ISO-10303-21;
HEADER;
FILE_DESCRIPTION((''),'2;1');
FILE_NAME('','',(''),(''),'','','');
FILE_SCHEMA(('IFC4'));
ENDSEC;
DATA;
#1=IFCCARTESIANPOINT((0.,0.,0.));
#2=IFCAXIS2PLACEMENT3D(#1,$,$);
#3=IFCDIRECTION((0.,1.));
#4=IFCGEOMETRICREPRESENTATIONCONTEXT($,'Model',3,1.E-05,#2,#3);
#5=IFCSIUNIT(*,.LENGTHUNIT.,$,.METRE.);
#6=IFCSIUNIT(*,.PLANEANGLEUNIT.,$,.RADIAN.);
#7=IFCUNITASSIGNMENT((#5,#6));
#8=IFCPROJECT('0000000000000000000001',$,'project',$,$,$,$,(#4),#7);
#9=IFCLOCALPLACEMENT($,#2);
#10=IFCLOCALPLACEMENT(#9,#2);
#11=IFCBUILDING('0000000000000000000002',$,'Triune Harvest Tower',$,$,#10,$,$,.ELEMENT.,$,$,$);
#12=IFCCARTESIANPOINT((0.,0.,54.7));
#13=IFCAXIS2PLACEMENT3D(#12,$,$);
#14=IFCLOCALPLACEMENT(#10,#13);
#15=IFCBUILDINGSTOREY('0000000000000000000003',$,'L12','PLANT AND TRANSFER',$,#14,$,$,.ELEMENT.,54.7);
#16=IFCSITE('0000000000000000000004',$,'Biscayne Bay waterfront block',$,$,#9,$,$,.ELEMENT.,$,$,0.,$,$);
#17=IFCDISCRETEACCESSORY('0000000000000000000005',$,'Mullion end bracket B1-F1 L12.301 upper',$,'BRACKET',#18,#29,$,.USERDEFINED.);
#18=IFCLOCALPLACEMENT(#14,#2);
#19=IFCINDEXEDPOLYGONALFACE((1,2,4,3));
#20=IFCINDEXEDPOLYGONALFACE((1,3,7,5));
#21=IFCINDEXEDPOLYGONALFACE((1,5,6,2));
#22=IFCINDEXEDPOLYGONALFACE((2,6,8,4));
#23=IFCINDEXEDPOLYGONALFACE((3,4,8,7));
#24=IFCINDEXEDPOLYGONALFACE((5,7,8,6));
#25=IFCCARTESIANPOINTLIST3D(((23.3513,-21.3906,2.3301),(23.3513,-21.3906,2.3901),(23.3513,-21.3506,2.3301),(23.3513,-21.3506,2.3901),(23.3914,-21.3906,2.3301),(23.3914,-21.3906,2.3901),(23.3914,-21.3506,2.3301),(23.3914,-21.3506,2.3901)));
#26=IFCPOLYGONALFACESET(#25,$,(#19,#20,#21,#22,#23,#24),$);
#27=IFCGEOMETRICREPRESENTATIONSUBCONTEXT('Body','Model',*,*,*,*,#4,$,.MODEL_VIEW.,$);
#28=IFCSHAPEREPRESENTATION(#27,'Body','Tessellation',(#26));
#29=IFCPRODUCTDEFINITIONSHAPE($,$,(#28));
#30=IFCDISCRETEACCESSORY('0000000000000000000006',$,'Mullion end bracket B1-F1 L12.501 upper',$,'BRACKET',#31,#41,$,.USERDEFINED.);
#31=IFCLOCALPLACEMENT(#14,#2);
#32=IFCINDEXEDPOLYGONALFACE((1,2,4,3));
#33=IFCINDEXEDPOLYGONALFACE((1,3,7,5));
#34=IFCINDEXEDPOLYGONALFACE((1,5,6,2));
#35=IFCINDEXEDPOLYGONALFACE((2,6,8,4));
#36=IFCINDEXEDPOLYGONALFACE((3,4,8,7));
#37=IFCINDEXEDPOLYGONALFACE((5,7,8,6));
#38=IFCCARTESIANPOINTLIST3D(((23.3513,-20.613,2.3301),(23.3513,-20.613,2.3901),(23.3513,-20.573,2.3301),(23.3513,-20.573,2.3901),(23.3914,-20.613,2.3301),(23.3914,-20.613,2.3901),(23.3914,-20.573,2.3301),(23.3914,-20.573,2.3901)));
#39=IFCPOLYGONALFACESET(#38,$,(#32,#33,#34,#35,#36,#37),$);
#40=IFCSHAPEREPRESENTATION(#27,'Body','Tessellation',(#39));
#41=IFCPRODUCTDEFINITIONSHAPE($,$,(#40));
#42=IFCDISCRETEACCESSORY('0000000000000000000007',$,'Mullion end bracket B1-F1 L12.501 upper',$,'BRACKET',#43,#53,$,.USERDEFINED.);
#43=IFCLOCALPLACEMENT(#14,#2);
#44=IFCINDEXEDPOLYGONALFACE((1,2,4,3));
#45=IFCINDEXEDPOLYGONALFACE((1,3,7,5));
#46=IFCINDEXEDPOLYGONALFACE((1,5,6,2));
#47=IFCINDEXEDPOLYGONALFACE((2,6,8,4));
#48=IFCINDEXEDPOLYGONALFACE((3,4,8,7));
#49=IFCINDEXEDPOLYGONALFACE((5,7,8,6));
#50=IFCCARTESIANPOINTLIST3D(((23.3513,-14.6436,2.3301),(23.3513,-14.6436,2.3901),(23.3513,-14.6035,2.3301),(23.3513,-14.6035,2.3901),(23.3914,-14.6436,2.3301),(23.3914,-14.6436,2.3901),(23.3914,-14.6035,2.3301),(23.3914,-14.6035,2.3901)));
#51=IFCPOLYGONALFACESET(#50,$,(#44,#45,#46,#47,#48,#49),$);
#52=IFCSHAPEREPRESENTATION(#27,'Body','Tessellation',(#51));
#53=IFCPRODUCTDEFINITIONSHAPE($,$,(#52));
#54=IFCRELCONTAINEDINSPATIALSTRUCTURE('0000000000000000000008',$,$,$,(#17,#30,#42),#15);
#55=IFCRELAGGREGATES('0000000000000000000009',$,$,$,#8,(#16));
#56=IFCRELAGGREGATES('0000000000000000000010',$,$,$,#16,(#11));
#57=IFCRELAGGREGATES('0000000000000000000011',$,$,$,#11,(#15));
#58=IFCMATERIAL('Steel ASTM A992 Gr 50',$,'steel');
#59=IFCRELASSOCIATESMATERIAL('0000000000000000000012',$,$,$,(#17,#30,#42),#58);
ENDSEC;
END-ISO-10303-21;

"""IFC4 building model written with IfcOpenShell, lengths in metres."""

from ifc_helpers import new_model, si_unit, direction, frame, origin, origin_2d, place, context, subcontext, project, spatial, rectangle, extrude, source, transform, mapped, material, element, save


model = new_model("IFC4")

# Units and contexts
model_context = context("Model", 3, precision=1e-05, world=origin(), true_north=direction((0.0, 1.0)))
body_context = subcontext(model_context, "Body", "Model", "MODEL_VIEW")
ifc_project = project(units=[si_unit("LENGTHUNIT", "METRE"), si_unit("PLANEANGLEUNIT", "RADIAN")], contexts=[model_context])

# Site, building, storey
site_placement = place(None, origin())
site = spatial("IfcSite", under=ifc_project, at=site_placement, Name="Biscayne Bay waterfront block", CompositionType="ELEMENT", RefElevation=0.0)
building_placement = place(site_placement, origin())
building = spatial("IfcBuilding", under=site, at=building_placement, Name="Triune Harvest Tower", CompositionType="ELEMENT")
storey_placement = place(building_placement, frame((0.0, 0.0, 54.7)))
storey = spatial("IfcBuildingStorey", under=building, at=storey_placement, Name="L12", Description="PLANT AND TRANSFER", CompositionType="ELEMENT", Elevation=54.7)

# Discrete accessories
ifc_material_1 = material(Name="Steel ASTM A992 Gr 50", Category="steel")
shared_shape_1 = source(origin(), body_context, "Body", "SweptSolid", [
    extrude(rectangle(XDim=0.04, YDim=0.04, at=origin_2d()), origin(), (0.0, 0.0, 1.0), 0.0601),
])
for number, where, z_axis, x_axis, name in (
    (1, (23.3713, -21.3706, 2.3301), (0.0, 0.0, 1.0), (0.0, 1.0, 0.0), "Mullion end bracket B1-F1 L12.301 upper"),
    (2, (23.3713, -20.593, 2.3301), (0.0, 0.0, 1.0), (0.0, 1.0, 0.0), "Mullion end bracket B1-F1 L12.501 upper"),
    (3, (23.3713, -14.6235, 2.3301), (0.0, 0.0, 1.0), (0.0, 1.0, 0.0), "Mullion end bracket B1-F1 L12.501 upper"),
):
    element("IfcDiscreteAccessory", number, at=place(storey_placement, frame(where, z_axis=z_axis, x_axis=x_axis)), inside=storey, material=ifc_material_1, Name=name, ObjectType="BRACKET", PredefinedType="USERDEFINED", context=body_context, shape_type="MappedRepresentation", body=[
        mapped(shared_shape_1, transform((0.0, 0.0, 0.0), scale=1.0)),
    ])

save(model, "model.ifc")
